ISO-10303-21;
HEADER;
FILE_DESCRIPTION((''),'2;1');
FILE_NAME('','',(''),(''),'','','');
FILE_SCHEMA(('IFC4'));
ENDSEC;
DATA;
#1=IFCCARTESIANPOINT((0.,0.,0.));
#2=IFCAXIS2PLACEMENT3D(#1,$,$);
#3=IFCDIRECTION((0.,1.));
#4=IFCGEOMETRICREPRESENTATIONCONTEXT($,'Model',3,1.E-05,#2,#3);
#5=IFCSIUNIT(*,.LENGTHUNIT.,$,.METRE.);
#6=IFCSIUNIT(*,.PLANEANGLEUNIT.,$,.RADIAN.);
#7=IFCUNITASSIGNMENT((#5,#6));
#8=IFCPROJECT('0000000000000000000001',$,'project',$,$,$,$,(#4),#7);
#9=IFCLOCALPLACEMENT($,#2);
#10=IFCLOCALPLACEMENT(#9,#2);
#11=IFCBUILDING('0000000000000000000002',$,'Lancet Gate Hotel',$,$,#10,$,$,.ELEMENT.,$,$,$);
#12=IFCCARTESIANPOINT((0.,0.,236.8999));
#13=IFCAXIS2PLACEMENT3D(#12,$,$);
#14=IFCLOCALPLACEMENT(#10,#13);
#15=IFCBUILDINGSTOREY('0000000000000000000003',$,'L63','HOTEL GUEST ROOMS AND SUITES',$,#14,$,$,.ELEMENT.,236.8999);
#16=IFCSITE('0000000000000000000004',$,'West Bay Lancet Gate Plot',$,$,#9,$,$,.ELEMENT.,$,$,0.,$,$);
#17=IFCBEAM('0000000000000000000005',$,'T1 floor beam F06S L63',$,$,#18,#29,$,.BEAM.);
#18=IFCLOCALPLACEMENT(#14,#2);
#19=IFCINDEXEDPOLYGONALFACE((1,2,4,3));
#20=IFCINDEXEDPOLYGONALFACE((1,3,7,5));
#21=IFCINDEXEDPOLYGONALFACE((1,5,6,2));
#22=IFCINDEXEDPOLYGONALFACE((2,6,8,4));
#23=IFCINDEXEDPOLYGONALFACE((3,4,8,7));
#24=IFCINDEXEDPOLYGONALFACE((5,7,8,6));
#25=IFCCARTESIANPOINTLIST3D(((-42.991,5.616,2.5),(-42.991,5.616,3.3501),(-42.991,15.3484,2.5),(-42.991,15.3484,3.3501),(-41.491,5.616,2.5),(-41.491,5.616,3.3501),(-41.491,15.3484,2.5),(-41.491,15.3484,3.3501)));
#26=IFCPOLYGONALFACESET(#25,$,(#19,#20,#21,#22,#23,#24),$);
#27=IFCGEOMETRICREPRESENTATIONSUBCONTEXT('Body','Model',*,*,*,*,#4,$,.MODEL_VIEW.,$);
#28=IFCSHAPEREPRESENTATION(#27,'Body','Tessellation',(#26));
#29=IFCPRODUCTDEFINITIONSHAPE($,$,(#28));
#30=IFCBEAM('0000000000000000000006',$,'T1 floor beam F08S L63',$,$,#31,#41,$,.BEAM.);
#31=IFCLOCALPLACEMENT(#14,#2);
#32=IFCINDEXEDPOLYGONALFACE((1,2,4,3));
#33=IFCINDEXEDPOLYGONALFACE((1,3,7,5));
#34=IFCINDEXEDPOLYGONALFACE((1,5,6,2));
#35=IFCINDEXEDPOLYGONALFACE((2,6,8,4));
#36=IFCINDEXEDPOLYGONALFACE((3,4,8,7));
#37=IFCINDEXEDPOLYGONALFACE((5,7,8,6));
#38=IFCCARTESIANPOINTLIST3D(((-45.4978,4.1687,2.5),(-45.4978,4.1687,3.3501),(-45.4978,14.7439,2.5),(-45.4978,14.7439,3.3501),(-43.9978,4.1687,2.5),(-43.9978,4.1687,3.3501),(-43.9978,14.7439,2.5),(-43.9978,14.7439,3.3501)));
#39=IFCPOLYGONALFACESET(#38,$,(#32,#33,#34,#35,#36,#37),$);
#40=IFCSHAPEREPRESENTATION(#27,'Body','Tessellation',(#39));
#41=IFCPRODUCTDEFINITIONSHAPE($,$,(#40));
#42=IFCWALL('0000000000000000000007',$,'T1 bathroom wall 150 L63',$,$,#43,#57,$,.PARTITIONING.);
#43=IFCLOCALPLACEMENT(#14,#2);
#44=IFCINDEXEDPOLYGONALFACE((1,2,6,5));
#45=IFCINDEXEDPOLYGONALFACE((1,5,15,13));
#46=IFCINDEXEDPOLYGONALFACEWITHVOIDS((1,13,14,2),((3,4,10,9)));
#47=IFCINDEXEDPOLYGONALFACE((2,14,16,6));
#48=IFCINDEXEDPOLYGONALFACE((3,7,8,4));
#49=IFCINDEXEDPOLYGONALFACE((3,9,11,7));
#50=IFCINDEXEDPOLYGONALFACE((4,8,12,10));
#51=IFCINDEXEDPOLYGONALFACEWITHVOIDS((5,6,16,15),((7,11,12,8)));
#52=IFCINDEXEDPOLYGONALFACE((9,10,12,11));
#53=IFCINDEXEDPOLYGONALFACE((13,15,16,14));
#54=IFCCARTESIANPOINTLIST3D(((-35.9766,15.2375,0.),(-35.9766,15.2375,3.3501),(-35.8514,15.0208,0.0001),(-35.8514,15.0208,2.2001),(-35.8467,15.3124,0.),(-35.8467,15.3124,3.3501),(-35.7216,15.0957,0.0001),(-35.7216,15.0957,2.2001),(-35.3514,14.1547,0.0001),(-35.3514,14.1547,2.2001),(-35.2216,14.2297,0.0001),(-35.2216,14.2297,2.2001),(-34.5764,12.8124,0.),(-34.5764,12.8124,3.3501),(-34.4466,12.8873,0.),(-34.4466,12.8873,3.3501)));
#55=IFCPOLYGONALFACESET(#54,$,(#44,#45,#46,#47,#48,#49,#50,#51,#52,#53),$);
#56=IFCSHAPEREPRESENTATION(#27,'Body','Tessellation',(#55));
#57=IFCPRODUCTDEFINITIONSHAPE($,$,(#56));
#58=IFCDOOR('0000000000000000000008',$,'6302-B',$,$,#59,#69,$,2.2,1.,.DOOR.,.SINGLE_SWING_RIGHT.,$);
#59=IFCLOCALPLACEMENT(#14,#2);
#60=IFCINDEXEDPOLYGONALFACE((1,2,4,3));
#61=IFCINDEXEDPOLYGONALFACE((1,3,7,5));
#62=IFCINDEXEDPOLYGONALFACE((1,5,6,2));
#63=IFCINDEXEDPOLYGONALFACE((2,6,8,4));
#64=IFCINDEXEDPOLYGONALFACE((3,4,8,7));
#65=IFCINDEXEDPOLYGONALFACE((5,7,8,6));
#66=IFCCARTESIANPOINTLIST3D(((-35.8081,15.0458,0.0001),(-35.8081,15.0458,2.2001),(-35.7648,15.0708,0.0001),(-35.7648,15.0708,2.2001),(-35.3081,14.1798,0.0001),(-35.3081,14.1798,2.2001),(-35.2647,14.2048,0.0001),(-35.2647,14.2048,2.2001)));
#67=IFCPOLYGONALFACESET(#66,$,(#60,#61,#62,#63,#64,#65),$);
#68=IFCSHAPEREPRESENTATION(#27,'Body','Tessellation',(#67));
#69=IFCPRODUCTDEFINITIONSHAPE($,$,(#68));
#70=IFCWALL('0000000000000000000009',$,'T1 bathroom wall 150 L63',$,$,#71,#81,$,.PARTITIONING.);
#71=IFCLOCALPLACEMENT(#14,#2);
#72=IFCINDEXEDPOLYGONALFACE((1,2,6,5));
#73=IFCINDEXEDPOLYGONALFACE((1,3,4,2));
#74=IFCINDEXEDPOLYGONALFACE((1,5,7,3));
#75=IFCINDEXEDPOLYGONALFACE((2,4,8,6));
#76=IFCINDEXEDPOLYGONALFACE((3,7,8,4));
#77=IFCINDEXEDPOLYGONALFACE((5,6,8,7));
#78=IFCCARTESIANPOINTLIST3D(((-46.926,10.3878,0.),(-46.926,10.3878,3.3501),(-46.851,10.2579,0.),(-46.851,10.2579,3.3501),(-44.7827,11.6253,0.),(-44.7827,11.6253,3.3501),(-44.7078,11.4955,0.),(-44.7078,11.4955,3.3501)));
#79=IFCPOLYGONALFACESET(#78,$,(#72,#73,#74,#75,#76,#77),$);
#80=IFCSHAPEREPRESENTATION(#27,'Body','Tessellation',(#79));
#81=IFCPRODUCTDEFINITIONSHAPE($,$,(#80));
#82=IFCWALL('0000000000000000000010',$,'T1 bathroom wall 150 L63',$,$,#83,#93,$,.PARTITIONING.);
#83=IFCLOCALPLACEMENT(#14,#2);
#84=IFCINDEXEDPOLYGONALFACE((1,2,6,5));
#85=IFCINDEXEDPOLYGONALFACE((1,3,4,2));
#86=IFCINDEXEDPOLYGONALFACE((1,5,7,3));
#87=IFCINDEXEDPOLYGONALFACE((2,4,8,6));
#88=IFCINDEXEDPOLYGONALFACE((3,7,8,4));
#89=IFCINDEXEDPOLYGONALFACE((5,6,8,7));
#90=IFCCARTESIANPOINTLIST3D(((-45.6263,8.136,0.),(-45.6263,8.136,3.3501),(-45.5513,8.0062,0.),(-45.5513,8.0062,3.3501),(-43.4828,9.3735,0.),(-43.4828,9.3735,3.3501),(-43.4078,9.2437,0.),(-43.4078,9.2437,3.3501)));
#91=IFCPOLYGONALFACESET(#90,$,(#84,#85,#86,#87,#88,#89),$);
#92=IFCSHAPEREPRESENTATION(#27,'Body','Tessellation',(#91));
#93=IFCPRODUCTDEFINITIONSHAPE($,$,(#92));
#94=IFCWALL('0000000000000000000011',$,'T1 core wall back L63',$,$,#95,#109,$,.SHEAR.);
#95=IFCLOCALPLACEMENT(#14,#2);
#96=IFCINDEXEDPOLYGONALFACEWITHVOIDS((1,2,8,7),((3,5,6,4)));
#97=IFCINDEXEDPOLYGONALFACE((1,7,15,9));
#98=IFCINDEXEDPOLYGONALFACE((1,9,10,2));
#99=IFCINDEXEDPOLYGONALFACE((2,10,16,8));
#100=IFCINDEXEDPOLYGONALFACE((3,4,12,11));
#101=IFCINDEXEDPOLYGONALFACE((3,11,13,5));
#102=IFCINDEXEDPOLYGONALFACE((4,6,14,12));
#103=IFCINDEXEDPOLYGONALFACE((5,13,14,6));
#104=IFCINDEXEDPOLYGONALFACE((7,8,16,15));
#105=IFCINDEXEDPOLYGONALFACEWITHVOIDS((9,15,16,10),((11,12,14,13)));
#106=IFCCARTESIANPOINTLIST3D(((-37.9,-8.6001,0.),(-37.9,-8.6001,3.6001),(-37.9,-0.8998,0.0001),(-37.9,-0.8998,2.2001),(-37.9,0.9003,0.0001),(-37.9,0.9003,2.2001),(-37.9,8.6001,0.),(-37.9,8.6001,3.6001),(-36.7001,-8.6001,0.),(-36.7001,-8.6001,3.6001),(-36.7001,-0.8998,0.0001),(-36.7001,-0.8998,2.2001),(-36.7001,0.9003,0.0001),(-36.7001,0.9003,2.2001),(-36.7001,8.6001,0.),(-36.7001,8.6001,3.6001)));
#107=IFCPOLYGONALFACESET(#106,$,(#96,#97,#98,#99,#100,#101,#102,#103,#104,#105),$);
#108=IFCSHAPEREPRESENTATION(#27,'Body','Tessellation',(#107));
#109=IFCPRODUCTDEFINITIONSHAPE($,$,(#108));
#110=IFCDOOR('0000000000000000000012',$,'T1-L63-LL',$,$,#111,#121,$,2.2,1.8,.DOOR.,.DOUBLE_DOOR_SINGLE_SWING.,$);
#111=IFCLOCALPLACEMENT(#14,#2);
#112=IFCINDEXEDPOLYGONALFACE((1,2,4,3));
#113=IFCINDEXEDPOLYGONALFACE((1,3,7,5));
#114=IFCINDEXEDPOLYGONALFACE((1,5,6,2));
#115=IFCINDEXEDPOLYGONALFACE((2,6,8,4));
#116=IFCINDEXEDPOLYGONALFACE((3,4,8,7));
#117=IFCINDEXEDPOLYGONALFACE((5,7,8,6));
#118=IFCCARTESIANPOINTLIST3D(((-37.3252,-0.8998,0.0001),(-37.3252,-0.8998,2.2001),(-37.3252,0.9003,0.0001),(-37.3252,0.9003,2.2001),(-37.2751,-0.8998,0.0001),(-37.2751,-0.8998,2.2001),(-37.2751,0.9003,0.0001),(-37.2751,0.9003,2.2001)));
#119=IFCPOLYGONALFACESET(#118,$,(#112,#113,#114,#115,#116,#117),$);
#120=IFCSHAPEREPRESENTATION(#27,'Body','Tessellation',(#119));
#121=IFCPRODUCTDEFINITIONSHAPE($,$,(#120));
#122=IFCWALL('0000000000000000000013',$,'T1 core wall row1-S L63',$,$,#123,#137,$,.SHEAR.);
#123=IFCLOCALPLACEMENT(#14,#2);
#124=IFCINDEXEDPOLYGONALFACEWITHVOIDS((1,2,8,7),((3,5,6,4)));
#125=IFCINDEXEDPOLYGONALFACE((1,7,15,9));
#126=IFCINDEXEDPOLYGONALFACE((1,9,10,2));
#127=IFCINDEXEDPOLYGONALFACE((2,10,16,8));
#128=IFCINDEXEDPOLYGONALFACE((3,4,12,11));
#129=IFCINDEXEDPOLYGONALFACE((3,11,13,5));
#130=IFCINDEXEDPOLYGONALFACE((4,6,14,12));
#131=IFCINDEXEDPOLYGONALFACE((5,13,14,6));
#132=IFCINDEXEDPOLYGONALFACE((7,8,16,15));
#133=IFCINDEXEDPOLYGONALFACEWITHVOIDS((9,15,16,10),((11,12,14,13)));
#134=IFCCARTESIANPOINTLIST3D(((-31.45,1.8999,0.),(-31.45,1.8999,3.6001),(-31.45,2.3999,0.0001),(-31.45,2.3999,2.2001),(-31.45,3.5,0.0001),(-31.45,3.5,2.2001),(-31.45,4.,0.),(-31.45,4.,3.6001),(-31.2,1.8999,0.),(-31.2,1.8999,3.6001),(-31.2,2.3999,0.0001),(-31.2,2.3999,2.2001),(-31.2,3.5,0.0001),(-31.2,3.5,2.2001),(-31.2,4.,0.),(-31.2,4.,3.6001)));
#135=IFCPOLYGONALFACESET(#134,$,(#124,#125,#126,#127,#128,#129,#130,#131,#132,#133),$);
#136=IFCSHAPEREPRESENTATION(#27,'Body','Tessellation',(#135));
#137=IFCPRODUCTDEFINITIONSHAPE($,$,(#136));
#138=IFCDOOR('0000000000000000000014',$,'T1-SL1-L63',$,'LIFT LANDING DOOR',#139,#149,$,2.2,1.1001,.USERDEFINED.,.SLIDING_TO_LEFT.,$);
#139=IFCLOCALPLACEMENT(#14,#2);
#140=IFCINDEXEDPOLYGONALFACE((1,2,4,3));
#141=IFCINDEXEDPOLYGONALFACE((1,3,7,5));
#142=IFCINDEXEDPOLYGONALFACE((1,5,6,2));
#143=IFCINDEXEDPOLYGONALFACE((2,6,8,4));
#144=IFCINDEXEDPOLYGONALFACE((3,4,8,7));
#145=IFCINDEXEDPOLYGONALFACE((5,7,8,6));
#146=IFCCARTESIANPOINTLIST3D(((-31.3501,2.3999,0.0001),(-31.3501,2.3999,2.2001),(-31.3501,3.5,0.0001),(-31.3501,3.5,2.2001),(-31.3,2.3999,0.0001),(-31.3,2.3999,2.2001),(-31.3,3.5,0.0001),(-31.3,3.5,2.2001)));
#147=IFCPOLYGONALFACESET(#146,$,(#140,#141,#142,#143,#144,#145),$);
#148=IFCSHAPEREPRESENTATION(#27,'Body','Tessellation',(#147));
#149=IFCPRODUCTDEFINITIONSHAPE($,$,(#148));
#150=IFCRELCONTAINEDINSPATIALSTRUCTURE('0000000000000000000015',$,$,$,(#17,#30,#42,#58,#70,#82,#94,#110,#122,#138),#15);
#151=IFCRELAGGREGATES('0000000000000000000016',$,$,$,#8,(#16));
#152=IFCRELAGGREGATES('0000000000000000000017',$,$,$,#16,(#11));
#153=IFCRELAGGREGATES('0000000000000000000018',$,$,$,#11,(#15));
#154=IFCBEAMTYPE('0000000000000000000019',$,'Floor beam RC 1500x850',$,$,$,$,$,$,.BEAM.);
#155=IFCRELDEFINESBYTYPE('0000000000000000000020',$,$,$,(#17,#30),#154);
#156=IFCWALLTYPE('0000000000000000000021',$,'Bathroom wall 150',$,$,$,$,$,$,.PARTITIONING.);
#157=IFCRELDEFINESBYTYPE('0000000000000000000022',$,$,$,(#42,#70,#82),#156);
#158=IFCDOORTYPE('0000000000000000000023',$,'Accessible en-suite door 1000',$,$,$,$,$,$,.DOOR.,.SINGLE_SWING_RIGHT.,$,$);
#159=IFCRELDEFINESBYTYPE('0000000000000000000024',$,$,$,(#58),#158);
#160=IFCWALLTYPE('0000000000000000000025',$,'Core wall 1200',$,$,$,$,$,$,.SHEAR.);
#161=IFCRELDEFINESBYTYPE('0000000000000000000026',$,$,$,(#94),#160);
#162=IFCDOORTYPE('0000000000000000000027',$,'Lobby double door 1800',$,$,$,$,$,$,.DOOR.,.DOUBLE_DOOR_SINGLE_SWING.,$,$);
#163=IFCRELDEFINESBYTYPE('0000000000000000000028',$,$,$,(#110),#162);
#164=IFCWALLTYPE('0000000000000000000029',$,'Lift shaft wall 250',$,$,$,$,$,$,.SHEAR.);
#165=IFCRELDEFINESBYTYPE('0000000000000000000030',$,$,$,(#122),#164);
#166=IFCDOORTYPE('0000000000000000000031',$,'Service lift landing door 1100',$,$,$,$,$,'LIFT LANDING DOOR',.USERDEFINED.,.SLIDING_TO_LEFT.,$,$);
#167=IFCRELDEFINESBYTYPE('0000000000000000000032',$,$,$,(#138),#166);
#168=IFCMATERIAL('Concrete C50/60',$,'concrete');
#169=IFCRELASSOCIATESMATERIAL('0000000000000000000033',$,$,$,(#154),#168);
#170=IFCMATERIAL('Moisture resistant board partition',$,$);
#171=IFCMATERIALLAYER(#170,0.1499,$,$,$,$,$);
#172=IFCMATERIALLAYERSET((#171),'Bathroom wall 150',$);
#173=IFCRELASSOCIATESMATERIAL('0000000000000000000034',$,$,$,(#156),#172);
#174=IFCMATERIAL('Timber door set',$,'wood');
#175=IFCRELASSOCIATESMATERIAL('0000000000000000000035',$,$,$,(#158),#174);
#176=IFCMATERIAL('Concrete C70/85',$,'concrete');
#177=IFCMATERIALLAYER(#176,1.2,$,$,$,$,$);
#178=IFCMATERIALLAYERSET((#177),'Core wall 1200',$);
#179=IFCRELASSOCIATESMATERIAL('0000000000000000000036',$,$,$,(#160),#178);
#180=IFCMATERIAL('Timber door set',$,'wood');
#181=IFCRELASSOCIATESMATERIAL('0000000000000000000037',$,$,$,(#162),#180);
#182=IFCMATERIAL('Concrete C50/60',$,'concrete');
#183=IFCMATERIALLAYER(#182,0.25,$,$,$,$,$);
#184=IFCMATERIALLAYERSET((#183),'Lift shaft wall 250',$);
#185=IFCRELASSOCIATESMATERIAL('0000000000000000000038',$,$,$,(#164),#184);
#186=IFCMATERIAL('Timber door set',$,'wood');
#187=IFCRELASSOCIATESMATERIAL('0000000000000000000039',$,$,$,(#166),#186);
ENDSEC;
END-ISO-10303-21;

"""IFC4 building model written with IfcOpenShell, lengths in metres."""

from ifc_helpers import new_model, si_unit, direction, frame, frame_2d, origin, origin_2d, place, context, subcontext, project, spatial, rectangle, extrude, material, layer, layer_set, material_profile, profile_set, type_object, element, fill, save


model = new_model("IFC4")

# Units and contexts
model_context = context("Model", 3, precision=1e-05, world=origin(), true_north=direction((0.0, 1.0)))
body_context = subcontext(model_context, "Body", "Model", "MODEL_VIEW")
ifc_project = project(units=[si_unit("LENGTHUNIT", "METRE"), si_unit("PLANEANGLEUNIT", "RADIAN")], contexts=[model_context])

# Site, building, storey
site_placement = place(None, origin())
site = spatial("IfcSite", under=ifc_project, at=site_placement, Name="West Bay Lancet Gate Plot", CompositionType="ELEMENT", RefElevation=0.0)
building_placement = place(site_placement, origin())
building = spatial("IfcBuilding", under=site, at=building_placement, Name="Lancet Gate Hotel", CompositionType="ELEMENT")
storey_placement = place(building_placement, frame((0.0, 0.0, 236.8999)))
storey = spatial("IfcBuildingStorey", under=building, at=storey_placement, Name="L63", Description="HOTEL GUEST ROOMS AND SUITES", CompositionType="ELEMENT", Elevation=236.8999)

# Beams
ifc_material_1 = material(Name="Concrete C50/60", Category="concrete")
ifc_material_profile = material_profile(ifc_material_1, rectangle(XDim=1.5, YDim=0.8501, at=origin_2d()), Name="RC 1500x850")
ifc_profile_set = profile_set([ifc_material_profile], Name="Concrete C50/60")
beam_type = type_object("IfcBeamType", Name="Floor beam RC 1500x850", PredefinedType="BEAM", material=ifc_profile_set)
beam_1_placement = place(storey_placement, frame((-42.241, 15.3484, 2.925), z_axis=(0.0, -1.0, 0.0), x_axis=(1.0, 0.0, 0.0)))
element("IfcBeam", 1, at=beam_1_placement, inside=storey, type_object=beam_type, Name="T1 floor beam F06S L63", PredefinedType="BEAM", context=body_context, shape_type="SweptSolid", body=[
    extrude(rectangle(XDim=1.5, YDim=0.8501, at=origin_2d()), origin(), (0.0, 0.0, 1.0), 9.7324),
])
beam_2_placement = place(storey_placement, frame((-44.7478, 14.7439, 2.925), z_axis=(0.0, -1.0, 0.0), x_axis=(1.0, 0.0, 0.0)))
element("IfcBeam", 2, at=beam_2_placement, inside=storey, type_object=beam_type, Name="T1 floor beam F08S L63", PredefinedType="BEAM", context=body_context, shape_type="SweptSolid", body=[
    extrude(rectangle(XDim=1.5, YDim=0.8501, at=origin_2d()), origin(), (0.0, 0.0, 1.0), 10.5752),
])

# Wall, opening, door
ifc_material_2 = material(Name="Moisture resistant board partition")
ifc_layer_1 = layer(ifc_material_2, 0.1499)
ifc_layer_set_1 = layer_set([ifc_layer_1], Name="Bathroom wall 150")
wall_type_1 = type_object("IfcWallType", Name="Bathroom wall 150", PredefinedType="PARTITIONING", material=ifc_layer_set_1)
wall_1_placement = place(storey_placement, frame((-34.5115, 12.8499, 0.0), z_axis=(0.0, 0.0, 1.0), x_axis=(-0.500012, 0.866019, 0.0)))
wall_1 = element("IfcWall", 3, at=wall_1_placement, inside=storey, type_object=wall_type_1, Name="T1 bathroom wall 150 L63", PredefinedType="PARTITIONING", context=body_context, shape_type="SweptSolid", body=[
    extrude(rectangle(XDim=2.8003, YDim=0.1499, at=frame_2d((1.4001, 0.0))), origin(), (0.0, 0.0, 1.0), 3.3501),
])
opening_1_placement = place(wall_1_placement, frame((1.55, 0.0, 0.0)))
opening_1 = element("IfcOpeningElement", 4, at=opening_1_placement, cuts=wall_1, PredefinedType="OPENING", context=body_context, shape_type="SweptSolid", body=[
    extrude(rectangle(XDim=1.0, YDim=2.2, at=frame_2d((0.5, 1.1001))), frame((0.0, 0.085, 0.0), z_axis=(0.0, -1.0, 0.0), x_axis=(1.0, 0.0, 0.0)), (0.0, 0.0, 1.0), 0.1699),
])
ifc_material_3 = material(Name="Timber door set", Category="wood")
door_type_1 = type_object("IfcDoorType", Name="Accessible en-suite door 1000", OperationType="SINGLE_SWING_RIGHT", PredefinedType="DOOR", material=ifc_material_3)
door_1_placement = place(opening_1_placement, origin())
door_1 = element("IfcDoor", 5, at=door_1_placement, inside=storey, type_object=door_type_1, Name="6302-B", OperationType="SINGLE_SWING_RIGHT", OverallHeight=2.2, OverallWidth=1.0, PredefinedType="DOOR", context=body_context, shape_type="SweptSolid", body=[
    extrude(rectangle(XDim=1.0, YDim=2.2, at=frame_2d((0.5, 1.1001))), frame((0.0, 0.0249, 0.0), z_axis=(0.0, -1.0, 0.0), x_axis=(1.0, 0.0, 0.0)), (0.0, 0.0, 1.0), 0.05),
])
fill(opening_1, door_1)

# Walls
wall_2_placement = place(storey_placement, frame((-44.7454, 11.5603, 0.0), z_axis=(0.0, 0.0, 1.0), x_axis=(-0.866007, -0.500033, 0.0)))
element("IfcWall", 6, at=wall_2_placement, inside=storey, type_object=wall_type_1, Name="T1 bathroom wall 150 L63", PredefinedType="PARTITIONING", context=body_context, shape_type="SweptSolid", body=[
    extrude(rectangle(XDim=2.4749, YDim=0.1499, at=frame_2d((1.2373, 0.0))), origin(), (0.0, 0.0, 1.0), 3.3501),
])
wall_3_placement = place(storey_placement, frame((-43.4453, 9.3086, 0.0), z_axis=(0.0, 0.0, 1.0), x_axis=(-0.866031, -0.49999, 0.0)))
element("IfcWall", 7, at=wall_3_placement, inside=storey, type_object=wall_type_1, Name="T1 bathroom wall 150 L63", PredefinedType="PARTITIONING", context=body_context, shape_type="SweptSolid", body=[
    extrude(rectangle(XDim=2.4751, YDim=0.1499, at=frame_2d((1.2375, 0.0))), origin(), (0.0, 0.0, 1.0), 3.3501),
])

# Walls, openings, doors
ifc_material_4 = material(Name="Concrete C70/85", Category="concrete")
ifc_layer_2 = layer(ifc_material_4, 1.2)
ifc_layer_set_2 = layer_set([ifc_layer_2], Name="Core wall 1200")
wall_type_2 = type_object("IfcWallType", Name="Core wall 1200", PredefinedType="SHEAR", material=ifc_layer_set_2)
wall_4_placement = place(storey_placement, frame((-37.3, 8.6001, 0.0), z_axis=(0.0, 0.0, 1.0), x_axis=(0.0, -1.0, 0.0)))
wall_4 = element("IfcWall", 8, at=wall_4_placement, inside=storey, type_object=wall_type_2, Name="T1 core wall back L63", PredefinedType="SHEAR", context=body_context, shape_type="SweptSolid", body=[
    extrude(rectangle(XDim=17.2002, YDim=1.2, at=frame_2d((8.6001, 0.0))), origin(), (0.0, 0.0, 1.0), 3.6001),
])
opening_2_placement = place(wall_4_placement, frame((7.7, 0.0, 0.0)))
opening_2 = element("IfcOpeningElement", 9, at=opening_2_placement, cuts=wall_4, PredefinedType="OPENING", context=body_context, shape_type="SweptSolid", body=[
    extrude(rectangle(XDim=1.8, YDim=2.2, at=frame_2d((0.8999, 1.1001))), frame((0.0, 0.6099, 0.0), z_axis=(0.0, -1.0, 0.0), x_axis=(1.0, 0.0, 0.0)), (0.0, 0.0, 1.0), 1.22),
])
ifc_material_5 = material(Name="Timber door set", Category="wood")
door_type_2 = type_object("IfcDoorType", Name="Lobby double door 1800", OperationType="DOUBLE_DOOR_SINGLE_SWING", PredefinedType="DOOR", material=ifc_material_5)
door_2_placement = place(opening_2_placement, origin())
door_2 = element("IfcDoor", 10, at=door_2_placement, inside=storey, type_object=door_type_2, Name="T1-L63-LL", OperationType="DOUBLE_DOOR_SINGLE_SWING", OverallHeight=2.2, OverallWidth=1.8, PredefinedType="DOOR", context=body_context, shape_type="SweptSolid", body=[
    extrude(rectangle(XDim=1.8, YDim=2.2, at=frame_2d((0.8999, 1.1001))), frame((0.0, 0.0249, 0.0), z_axis=(0.0, -1.0, 0.0), x_axis=(1.0, 0.0, 0.0)), (0.0, 0.0, 1.0), 0.05),
])
fill(opening_2, door_2)
ifc_material_6 = material(Name="Concrete C50/60", Category="concrete")
ifc_layer_3 = layer(ifc_material_6, 0.25)
ifc_layer_set_3 = layer_set([ifc_layer_3], Name="Lift shaft wall 250")
wall_type_3 = type_object("IfcWallType", Name="Lift shaft wall 250", PredefinedType="SHEAR", material=ifc_layer_set_3)
wall_5_placement = place(storey_placement, frame((-31.325, 4.0, 0.0), z_axis=(0.0, 0.0, 1.0), x_axis=(0.0, -1.0, 0.0)))
wall_5 = element("IfcWall", 11, at=wall_5_placement, inside=storey, type_object=wall_type_3, Name="T1 core wall row1-S L63", PredefinedType="SHEAR", context=body_context, shape_type="SweptSolid", body=[
    extrude(rectangle(XDim=2.1001, YDim=0.25, at=frame_2d((1.05, 0.0))), origin(), (0.0, 0.0, 1.0), 3.6001),
])
opening_3_placement = place(wall_5_placement, frame((0.5, 0.0, 0.0)))
opening_3 = element("IfcOpeningElement", 12, at=opening_3_placement, cuts=wall_5, PredefinedType="OPENING", context=body_context, shape_type="SweptSolid", body=[
    extrude(rectangle(XDim=1.1001, YDim=2.2, at=frame_2d((0.55, 1.1001))), frame((0.0, 0.135, 0.0), z_axis=(0.0, -1.0, 0.0), x_axis=(1.0, 0.0, 0.0)), (0.0, 0.0, 1.0), 0.27),
])
ifc_material_7 = material(Name="Timber door set", Category="wood")
door_type_3 = type_object("IfcDoorType", Name="Service lift landing door 1100", ElementType="LIFT LANDING DOOR", OperationType="SLIDING_TO_LEFT", PredefinedType="USERDEFINED", material=ifc_material_7)
door_3_placement = place(opening_3_placement, origin())
door_3 = element("IfcDoor", 13, at=door_3_placement, inside=storey, type_object=door_type_3, Name="T1-SL1-L63", ObjectType="LIFT LANDING DOOR", OperationType="SLIDING_TO_LEFT", OverallHeight=2.2, OverallWidth=1.1001, PredefinedType="USERDEFINED", context=body_context, shape_type="SweptSolid", body=[
    extrude(rectangle(XDim=1.1001, YDim=2.2, at=frame_2d((0.55, 1.1001))), frame((0.0, 0.0249, 0.0), z_axis=(0.0, -1.0, 0.0), x_axis=(1.0, 0.0, 0.0)), (0.0, 0.0, 1.0), 0.05),
])
fill(opening_3, door_3)

save(model, "model.ifc")
